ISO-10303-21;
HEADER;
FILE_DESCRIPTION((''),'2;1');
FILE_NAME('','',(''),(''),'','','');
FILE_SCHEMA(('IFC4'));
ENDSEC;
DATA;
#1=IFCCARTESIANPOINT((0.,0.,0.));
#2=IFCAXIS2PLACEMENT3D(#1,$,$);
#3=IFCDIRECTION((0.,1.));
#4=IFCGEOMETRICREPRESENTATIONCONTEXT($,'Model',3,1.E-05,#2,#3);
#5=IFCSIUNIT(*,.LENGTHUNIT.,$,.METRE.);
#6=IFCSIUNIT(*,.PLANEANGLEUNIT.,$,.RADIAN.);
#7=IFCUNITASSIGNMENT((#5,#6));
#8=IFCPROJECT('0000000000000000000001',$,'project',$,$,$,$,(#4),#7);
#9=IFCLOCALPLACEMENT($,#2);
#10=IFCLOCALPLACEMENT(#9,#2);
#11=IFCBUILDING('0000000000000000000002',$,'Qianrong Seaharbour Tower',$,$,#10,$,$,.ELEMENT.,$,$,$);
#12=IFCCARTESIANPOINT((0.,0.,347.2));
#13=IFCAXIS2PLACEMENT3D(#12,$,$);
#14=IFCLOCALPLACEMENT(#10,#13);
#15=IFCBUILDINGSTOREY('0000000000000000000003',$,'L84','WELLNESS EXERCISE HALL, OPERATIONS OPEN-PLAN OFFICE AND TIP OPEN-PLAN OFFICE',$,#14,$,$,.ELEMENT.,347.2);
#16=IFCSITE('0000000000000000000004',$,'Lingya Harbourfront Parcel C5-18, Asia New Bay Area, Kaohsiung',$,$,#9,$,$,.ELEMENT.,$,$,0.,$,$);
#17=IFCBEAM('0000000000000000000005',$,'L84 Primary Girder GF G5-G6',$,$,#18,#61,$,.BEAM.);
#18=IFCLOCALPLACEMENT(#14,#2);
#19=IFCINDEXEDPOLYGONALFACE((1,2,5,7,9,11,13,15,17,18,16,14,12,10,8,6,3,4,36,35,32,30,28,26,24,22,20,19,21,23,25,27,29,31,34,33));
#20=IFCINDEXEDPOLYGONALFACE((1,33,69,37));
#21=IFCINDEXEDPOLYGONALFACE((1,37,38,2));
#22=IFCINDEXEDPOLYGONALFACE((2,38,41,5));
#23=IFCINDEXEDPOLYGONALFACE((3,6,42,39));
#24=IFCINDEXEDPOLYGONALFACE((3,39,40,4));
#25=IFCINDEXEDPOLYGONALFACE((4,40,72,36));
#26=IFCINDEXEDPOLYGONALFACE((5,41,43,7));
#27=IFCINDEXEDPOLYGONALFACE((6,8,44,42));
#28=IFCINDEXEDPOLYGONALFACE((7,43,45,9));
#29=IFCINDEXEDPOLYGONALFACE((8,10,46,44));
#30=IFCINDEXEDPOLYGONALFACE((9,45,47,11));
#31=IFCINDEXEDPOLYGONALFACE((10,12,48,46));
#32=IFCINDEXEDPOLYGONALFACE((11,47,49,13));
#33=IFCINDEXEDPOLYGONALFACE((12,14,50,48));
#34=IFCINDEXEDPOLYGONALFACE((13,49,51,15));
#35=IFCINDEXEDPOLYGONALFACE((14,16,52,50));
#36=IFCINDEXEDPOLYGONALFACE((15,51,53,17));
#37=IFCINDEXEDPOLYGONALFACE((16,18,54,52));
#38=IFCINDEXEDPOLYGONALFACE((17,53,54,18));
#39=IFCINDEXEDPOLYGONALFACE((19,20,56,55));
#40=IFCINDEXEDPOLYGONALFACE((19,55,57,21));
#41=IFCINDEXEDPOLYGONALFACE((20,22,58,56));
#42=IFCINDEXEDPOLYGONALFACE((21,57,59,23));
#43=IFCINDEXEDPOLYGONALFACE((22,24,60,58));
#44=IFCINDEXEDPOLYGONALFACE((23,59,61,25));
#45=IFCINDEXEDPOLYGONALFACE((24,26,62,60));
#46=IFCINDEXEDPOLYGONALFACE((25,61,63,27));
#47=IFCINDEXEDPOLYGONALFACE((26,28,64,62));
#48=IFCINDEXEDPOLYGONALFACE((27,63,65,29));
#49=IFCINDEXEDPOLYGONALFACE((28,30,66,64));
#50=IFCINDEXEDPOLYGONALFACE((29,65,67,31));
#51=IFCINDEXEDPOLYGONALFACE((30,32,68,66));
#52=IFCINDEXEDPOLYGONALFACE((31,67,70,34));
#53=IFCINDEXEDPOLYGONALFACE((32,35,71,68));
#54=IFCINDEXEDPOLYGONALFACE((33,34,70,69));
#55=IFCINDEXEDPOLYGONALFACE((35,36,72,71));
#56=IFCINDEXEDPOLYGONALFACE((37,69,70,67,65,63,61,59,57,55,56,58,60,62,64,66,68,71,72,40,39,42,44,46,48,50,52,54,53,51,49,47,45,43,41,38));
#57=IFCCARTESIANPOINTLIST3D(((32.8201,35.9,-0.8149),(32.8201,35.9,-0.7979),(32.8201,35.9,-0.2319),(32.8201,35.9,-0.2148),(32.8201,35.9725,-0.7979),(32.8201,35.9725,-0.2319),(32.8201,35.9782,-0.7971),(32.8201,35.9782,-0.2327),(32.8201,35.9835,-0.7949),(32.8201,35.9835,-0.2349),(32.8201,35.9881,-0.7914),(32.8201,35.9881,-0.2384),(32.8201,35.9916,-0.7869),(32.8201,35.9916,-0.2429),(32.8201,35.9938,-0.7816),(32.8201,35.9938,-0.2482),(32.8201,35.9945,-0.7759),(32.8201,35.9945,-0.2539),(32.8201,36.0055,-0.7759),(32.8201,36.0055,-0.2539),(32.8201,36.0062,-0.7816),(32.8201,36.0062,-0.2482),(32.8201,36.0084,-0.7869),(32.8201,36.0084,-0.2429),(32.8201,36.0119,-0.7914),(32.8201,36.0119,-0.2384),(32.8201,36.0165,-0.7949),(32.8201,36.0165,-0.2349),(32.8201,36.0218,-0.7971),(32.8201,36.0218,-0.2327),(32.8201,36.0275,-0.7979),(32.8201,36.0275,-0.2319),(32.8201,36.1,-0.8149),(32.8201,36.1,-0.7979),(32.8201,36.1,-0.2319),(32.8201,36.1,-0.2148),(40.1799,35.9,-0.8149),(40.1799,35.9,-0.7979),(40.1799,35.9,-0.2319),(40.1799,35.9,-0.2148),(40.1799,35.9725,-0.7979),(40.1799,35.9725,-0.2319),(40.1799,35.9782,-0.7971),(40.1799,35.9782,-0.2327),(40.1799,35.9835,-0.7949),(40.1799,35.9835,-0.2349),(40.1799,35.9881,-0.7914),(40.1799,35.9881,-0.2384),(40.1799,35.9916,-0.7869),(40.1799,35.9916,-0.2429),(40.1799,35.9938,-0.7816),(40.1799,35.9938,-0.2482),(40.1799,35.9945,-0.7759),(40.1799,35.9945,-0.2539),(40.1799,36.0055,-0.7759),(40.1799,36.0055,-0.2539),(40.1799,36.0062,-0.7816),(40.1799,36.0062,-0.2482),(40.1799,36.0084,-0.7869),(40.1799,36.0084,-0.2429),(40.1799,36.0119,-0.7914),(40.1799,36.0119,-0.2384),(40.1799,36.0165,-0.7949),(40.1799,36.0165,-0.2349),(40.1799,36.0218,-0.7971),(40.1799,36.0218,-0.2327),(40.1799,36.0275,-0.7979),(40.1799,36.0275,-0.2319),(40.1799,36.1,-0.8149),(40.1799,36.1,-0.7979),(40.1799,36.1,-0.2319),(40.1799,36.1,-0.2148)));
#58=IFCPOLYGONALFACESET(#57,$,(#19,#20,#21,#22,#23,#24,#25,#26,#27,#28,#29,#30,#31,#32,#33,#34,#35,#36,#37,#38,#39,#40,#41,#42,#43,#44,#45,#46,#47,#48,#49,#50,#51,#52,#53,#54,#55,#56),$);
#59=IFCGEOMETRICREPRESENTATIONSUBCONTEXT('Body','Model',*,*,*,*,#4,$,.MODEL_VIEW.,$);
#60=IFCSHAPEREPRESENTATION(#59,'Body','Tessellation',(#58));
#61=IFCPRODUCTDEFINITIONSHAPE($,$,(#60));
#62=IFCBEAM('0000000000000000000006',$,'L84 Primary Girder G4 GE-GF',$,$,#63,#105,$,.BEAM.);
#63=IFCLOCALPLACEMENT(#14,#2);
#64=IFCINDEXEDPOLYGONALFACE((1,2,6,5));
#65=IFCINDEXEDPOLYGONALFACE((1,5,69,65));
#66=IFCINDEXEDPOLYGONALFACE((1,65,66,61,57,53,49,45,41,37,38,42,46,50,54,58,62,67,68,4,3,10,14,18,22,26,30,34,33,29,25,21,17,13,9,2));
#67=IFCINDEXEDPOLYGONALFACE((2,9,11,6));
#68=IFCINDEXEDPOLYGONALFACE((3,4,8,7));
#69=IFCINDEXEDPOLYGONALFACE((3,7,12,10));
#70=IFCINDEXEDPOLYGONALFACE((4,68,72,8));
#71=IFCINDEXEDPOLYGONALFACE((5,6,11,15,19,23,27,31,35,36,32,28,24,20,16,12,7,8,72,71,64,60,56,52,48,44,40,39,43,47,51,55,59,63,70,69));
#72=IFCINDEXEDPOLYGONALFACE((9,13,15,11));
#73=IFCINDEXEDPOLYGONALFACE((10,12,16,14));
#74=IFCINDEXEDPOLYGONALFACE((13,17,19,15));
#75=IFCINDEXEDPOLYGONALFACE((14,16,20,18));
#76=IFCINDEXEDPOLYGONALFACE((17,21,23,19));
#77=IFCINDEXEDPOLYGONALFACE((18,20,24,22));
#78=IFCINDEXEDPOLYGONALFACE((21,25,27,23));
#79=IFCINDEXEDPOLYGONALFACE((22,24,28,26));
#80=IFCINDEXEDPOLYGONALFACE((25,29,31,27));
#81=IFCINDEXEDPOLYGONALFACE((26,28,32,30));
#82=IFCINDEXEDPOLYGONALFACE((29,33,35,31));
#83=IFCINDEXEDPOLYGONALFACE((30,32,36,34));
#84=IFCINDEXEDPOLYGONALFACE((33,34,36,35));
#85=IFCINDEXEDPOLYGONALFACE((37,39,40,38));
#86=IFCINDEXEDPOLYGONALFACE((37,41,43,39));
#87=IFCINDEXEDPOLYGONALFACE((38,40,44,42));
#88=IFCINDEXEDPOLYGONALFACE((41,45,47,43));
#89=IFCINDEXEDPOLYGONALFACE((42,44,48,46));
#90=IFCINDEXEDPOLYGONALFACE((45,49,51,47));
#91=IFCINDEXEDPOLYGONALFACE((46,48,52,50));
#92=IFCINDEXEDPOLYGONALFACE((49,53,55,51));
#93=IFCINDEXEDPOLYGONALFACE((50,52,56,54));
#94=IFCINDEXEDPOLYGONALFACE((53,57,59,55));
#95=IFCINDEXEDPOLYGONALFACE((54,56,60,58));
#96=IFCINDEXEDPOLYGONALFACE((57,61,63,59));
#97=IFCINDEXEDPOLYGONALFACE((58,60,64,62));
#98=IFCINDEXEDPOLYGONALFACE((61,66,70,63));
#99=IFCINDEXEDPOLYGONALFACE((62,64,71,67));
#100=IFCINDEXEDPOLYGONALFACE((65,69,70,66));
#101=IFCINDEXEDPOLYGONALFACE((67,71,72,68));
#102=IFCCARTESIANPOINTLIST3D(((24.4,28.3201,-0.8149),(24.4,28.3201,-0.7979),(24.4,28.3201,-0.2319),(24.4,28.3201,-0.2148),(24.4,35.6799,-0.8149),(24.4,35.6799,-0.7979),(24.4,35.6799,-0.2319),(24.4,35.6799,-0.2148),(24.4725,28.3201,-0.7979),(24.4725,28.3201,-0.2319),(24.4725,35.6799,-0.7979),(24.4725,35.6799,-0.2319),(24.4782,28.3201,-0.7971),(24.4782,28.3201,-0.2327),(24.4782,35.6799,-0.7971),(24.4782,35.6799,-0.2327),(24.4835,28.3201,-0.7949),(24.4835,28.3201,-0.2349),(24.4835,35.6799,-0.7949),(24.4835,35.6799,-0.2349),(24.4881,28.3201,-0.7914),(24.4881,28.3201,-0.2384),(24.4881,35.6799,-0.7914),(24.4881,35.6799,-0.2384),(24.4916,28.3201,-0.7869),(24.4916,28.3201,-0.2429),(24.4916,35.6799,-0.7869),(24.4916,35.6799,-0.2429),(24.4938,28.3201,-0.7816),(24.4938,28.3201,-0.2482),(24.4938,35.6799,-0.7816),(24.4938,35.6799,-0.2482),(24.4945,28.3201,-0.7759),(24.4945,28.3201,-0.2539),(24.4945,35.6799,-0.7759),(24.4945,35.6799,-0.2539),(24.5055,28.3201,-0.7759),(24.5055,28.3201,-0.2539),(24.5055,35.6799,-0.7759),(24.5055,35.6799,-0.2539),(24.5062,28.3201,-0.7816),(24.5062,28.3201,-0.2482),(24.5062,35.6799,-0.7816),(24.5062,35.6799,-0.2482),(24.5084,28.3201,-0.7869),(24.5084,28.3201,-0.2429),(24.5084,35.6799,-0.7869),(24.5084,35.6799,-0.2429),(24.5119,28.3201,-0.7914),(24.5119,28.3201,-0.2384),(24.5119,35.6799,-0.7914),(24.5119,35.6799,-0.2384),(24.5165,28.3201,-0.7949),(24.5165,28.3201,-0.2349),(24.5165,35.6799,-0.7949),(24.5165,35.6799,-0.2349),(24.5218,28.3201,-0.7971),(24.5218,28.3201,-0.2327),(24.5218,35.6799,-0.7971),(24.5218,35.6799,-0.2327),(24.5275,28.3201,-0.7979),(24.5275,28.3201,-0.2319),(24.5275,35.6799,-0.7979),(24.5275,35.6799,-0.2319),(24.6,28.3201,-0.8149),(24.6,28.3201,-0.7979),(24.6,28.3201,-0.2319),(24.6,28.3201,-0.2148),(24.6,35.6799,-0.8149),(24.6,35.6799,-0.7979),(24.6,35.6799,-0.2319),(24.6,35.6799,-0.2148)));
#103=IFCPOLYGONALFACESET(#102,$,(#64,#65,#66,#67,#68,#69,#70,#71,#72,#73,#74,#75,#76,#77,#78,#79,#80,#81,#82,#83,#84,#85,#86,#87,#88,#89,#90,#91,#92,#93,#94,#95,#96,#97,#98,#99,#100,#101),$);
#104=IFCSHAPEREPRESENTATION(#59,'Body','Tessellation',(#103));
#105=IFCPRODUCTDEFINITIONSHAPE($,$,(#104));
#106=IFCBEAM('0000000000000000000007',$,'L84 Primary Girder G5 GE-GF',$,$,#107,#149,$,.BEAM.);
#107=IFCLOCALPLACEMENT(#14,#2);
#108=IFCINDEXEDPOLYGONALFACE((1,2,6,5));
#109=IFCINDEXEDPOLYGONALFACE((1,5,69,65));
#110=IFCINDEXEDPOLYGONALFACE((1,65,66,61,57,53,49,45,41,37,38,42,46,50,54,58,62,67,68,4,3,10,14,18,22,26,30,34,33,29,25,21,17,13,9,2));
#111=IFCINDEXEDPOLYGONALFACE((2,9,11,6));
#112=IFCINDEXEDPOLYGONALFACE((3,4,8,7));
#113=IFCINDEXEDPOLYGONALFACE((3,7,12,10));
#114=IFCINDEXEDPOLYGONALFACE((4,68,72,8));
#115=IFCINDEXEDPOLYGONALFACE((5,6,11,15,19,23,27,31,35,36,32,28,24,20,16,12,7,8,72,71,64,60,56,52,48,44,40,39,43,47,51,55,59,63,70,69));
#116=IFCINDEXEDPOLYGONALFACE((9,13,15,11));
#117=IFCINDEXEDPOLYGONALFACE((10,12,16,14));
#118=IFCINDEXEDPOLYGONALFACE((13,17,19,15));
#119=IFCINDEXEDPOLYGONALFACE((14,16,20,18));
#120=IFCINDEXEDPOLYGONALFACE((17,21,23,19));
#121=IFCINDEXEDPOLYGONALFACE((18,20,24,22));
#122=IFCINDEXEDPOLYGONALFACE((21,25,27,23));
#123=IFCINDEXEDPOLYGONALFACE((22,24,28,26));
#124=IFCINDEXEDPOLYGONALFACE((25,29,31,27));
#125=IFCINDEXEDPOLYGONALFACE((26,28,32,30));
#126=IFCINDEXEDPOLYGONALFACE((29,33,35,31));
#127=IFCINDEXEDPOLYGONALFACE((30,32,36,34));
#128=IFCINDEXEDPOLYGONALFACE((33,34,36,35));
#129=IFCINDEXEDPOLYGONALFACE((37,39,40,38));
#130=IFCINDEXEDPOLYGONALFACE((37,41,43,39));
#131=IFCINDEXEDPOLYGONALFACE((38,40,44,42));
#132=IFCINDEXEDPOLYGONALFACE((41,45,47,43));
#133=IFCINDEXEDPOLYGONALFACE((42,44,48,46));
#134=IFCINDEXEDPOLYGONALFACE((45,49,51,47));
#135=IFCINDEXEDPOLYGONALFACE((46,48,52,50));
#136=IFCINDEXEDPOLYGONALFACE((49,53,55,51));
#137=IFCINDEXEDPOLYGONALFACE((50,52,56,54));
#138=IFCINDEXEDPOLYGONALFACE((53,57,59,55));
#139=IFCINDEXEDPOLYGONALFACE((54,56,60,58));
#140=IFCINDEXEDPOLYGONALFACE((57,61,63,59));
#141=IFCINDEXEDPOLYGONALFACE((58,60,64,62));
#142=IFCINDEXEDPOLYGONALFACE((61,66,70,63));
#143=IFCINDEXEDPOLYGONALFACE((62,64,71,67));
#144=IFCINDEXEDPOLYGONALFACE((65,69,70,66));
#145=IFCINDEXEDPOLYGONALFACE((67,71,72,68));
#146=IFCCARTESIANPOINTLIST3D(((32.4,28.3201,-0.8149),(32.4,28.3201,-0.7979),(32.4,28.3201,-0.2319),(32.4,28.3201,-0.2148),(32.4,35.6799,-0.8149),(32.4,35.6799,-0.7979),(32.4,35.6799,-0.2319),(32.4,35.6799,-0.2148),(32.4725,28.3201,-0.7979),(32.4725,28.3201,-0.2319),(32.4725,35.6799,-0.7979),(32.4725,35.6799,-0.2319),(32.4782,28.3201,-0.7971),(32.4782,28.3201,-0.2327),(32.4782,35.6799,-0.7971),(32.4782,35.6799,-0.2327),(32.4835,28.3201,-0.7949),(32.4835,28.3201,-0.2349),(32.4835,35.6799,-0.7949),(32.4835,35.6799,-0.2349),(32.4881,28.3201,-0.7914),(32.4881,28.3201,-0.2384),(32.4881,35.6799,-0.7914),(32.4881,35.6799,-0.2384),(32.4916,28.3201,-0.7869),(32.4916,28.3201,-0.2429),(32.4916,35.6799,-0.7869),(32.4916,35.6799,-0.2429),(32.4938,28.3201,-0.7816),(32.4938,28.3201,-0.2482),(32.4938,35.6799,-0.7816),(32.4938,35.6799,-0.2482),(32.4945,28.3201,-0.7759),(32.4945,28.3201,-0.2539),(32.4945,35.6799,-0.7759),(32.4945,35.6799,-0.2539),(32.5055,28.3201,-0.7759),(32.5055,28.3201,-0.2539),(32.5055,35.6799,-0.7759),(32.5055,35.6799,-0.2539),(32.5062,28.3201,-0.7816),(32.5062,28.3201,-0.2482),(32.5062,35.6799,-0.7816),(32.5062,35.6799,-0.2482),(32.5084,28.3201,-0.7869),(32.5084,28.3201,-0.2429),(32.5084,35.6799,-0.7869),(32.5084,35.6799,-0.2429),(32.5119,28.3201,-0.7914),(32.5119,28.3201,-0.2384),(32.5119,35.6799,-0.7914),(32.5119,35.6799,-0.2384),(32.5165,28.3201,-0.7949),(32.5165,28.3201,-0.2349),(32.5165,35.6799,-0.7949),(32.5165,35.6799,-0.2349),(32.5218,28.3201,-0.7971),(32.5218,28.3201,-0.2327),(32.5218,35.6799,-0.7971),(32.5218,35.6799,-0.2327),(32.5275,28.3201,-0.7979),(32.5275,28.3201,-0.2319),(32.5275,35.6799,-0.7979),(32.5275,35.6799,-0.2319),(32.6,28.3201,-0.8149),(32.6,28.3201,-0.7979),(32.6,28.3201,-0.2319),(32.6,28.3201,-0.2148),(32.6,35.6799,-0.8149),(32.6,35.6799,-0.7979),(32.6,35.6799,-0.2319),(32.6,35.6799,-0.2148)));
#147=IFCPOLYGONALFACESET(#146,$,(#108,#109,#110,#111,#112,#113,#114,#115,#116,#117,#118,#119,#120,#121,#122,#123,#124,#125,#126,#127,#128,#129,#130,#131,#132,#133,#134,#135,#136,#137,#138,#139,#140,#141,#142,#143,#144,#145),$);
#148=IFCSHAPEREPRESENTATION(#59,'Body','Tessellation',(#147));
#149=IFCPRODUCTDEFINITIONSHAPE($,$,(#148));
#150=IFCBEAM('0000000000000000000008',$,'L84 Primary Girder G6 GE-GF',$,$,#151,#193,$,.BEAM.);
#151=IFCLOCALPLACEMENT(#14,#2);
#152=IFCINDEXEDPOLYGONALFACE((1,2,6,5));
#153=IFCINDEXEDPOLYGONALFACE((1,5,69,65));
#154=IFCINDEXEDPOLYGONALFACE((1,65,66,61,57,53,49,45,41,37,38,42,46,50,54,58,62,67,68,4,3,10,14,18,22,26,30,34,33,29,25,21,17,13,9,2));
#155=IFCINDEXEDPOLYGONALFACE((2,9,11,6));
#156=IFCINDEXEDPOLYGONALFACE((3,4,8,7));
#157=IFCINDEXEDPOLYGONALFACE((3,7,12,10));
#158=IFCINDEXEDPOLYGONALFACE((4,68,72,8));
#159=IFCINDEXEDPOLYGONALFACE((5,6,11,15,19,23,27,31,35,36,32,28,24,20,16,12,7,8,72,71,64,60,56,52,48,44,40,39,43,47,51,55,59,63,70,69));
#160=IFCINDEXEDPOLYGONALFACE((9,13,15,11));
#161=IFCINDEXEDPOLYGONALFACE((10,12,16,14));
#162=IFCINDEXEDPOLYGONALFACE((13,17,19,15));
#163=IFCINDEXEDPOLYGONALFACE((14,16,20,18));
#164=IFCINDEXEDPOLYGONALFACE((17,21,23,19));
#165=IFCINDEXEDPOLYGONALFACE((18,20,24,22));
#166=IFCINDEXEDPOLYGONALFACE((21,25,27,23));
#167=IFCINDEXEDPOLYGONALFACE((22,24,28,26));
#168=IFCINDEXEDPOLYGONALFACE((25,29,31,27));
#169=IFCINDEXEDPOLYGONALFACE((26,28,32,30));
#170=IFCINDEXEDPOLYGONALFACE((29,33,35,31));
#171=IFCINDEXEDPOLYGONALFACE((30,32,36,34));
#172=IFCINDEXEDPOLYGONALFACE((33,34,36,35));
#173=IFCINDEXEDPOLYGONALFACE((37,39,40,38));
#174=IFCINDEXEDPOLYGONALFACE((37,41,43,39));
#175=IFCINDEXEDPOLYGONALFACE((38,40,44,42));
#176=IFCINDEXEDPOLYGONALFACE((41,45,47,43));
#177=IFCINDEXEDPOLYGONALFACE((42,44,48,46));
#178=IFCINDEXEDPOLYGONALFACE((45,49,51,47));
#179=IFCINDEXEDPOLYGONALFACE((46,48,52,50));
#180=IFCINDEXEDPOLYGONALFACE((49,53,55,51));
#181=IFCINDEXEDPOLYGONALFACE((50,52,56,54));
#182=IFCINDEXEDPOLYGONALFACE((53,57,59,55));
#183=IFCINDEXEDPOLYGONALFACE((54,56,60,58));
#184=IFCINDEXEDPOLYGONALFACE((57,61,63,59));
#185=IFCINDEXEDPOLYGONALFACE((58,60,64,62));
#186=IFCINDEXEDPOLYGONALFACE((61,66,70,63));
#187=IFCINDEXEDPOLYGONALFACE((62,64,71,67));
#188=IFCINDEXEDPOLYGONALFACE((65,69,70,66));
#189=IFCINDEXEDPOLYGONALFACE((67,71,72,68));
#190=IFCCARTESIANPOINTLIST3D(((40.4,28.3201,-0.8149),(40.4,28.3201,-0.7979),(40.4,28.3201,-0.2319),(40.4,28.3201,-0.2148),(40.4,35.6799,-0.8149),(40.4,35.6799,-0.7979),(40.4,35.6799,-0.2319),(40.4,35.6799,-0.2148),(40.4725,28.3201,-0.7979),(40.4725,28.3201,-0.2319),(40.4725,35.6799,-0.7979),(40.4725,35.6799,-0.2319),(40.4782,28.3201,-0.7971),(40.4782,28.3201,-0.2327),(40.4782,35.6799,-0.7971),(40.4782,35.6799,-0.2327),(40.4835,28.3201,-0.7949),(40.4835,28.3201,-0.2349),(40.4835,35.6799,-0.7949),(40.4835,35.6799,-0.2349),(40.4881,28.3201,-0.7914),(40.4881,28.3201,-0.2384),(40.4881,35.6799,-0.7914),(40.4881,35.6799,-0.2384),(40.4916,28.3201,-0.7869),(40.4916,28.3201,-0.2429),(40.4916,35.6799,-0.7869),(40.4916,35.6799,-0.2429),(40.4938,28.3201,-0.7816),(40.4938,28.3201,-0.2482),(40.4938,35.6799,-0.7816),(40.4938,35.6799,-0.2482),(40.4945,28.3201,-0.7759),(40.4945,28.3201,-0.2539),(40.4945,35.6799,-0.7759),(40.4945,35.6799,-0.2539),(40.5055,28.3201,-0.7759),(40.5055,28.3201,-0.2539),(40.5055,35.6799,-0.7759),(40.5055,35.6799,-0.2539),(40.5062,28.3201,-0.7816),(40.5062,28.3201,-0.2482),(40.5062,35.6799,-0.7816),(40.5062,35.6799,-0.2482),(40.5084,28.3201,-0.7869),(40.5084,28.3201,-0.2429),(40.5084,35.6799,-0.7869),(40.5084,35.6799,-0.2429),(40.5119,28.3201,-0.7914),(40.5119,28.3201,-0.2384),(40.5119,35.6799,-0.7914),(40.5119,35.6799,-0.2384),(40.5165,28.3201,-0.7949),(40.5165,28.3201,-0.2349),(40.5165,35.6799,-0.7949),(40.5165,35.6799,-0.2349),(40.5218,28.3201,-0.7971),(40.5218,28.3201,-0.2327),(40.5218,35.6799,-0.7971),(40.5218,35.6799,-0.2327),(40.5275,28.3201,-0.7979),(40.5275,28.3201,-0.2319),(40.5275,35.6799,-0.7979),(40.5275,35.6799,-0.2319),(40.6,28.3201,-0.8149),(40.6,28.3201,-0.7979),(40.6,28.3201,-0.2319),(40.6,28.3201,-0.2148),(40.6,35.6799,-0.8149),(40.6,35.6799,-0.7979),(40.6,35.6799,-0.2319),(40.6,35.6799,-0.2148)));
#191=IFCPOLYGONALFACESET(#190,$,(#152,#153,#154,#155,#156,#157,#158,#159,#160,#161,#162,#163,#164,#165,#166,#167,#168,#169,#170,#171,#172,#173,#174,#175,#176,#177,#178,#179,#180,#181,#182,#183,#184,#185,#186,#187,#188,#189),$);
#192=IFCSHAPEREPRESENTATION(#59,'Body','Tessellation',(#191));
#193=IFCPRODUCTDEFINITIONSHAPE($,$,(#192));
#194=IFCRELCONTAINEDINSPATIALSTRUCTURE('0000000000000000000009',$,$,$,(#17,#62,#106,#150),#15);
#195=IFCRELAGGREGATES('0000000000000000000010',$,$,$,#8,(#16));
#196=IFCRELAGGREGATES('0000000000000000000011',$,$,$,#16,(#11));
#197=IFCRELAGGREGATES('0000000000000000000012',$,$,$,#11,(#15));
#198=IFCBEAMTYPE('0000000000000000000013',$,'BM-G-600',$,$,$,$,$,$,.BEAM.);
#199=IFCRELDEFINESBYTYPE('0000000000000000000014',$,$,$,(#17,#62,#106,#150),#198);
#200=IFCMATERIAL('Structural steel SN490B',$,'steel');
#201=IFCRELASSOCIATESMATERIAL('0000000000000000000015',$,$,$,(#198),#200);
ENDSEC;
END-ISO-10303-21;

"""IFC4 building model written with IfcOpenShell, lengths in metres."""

from ifc_helpers import new_model, si_unit, direction, frame, origin, origin_2d, place, context, subcontext, project, spatial, i_section, extrude, material, material_profile, profile_set, type_object, element, save


model = new_model("IFC4")

# Units and contexts
model_context = context("Model", 3, precision=1e-05, world=origin(), true_north=direction((0.0, 1.0)))
body_context = subcontext(model_context, "Body", "Model", "MODEL_VIEW")
ifc_project = project(units=[si_unit("LENGTHUNIT", "METRE"), si_unit("PLANEANGLEUNIT", "RADIAN")], contexts=[model_context])

# Site, building, storey
site_placement = place(None, origin())
site = spatial("IfcSite", under=ifc_project, at=site_placement, Name="Lingya Harbourfront Parcel C5-18, Asia New Bay Area, Kaohsiung", CompositionType="ELEMENT", RefElevation=0.0)
building_placement = place(site_placement, origin())
building = spatial("IfcBuilding", under=site, at=building_placement, Name="Qianrong Seaharbour Tower", CompositionType="ELEMENT")
storey_placement = place(building_placement, frame((0.0, 0.0, 347.2)))
storey = spatial("IfcBuildingStorey", under=building, at=storey_placement, Name="L84", Description="WELLNESS EXERCISE HALL, OPERATIONS OPEN-PLAN OFFICE AND TIP OPEN-PLAN OFFICE", CompositionType="ELEMENT", Elevation=347.2)

# Shared definitions
ifc_material_1 = material(Name="Structural steel SN490B", Category="steel")

# Beams
ifc_material_profile_1 = material_profile(ifc_material_1, i_section(OverallWidth=0.2, OverallDepth=0.6001, WebThickness=0.011, FlangeThickness=0.0171, FilletRadius=0.022, at=origin_2d()), Name="H600x200x11x17")
ifc_profile_set_1 = profile_set([ifc_material_profile_1], Name="Structural steel SN490B")
beam_type_1 = type_object("IfcBeamType", Name="BM-G-600", PredefinedType="BEAM", material=ifc_profile_set_1)
for number, where, z_axis, x_axis, name in (
    (1, (32.8201, 36.0, -0.5149), (1.0, 0.0, 0.0), (0.0, 1.0, 0.0), "L84 Primary Girder GF G5-G6"),
    (2, (24.5, 28.3201, -0.5149), (0.0, 1.0, 0.0), (-1.0, 0.0, 0.0), "L84 Primary Girder G4 GE-GF"),
    (3, (32.5, 28.3201, -0.5149), (0.0, 1.0, 0.0), (-1.0, 0.0, 0.0), "L84 Primary Girder G5 GE-GF"),
    (4, (40.5, 28.3201, -0.5149), (0.0, 1.0, 0.0), (-1.0, 0.0, 0.0), "L84 Primary Girder G6 GE-GF"),
):
    element("IfcBeam", number, at=place(storey_placement, frame(where, z_axis=z_axis, x_axis=x_axis)), inside=storey, type_object=beam_type_1, Name=name, PredefinedType="BEAM", context=body_context, shape_type="SweptSolid", body=[
        extrude(i_section(OverallWidth=0.2, OverallDepth=0.6001, WebThickness=0.011, FlangeThickness=0.0171, FilletRadius=0.022, at=origin_2d()), origin(), (0.0, 0.0, 1.0), 7.3599),
    ])

save(model, "model.ifc")
